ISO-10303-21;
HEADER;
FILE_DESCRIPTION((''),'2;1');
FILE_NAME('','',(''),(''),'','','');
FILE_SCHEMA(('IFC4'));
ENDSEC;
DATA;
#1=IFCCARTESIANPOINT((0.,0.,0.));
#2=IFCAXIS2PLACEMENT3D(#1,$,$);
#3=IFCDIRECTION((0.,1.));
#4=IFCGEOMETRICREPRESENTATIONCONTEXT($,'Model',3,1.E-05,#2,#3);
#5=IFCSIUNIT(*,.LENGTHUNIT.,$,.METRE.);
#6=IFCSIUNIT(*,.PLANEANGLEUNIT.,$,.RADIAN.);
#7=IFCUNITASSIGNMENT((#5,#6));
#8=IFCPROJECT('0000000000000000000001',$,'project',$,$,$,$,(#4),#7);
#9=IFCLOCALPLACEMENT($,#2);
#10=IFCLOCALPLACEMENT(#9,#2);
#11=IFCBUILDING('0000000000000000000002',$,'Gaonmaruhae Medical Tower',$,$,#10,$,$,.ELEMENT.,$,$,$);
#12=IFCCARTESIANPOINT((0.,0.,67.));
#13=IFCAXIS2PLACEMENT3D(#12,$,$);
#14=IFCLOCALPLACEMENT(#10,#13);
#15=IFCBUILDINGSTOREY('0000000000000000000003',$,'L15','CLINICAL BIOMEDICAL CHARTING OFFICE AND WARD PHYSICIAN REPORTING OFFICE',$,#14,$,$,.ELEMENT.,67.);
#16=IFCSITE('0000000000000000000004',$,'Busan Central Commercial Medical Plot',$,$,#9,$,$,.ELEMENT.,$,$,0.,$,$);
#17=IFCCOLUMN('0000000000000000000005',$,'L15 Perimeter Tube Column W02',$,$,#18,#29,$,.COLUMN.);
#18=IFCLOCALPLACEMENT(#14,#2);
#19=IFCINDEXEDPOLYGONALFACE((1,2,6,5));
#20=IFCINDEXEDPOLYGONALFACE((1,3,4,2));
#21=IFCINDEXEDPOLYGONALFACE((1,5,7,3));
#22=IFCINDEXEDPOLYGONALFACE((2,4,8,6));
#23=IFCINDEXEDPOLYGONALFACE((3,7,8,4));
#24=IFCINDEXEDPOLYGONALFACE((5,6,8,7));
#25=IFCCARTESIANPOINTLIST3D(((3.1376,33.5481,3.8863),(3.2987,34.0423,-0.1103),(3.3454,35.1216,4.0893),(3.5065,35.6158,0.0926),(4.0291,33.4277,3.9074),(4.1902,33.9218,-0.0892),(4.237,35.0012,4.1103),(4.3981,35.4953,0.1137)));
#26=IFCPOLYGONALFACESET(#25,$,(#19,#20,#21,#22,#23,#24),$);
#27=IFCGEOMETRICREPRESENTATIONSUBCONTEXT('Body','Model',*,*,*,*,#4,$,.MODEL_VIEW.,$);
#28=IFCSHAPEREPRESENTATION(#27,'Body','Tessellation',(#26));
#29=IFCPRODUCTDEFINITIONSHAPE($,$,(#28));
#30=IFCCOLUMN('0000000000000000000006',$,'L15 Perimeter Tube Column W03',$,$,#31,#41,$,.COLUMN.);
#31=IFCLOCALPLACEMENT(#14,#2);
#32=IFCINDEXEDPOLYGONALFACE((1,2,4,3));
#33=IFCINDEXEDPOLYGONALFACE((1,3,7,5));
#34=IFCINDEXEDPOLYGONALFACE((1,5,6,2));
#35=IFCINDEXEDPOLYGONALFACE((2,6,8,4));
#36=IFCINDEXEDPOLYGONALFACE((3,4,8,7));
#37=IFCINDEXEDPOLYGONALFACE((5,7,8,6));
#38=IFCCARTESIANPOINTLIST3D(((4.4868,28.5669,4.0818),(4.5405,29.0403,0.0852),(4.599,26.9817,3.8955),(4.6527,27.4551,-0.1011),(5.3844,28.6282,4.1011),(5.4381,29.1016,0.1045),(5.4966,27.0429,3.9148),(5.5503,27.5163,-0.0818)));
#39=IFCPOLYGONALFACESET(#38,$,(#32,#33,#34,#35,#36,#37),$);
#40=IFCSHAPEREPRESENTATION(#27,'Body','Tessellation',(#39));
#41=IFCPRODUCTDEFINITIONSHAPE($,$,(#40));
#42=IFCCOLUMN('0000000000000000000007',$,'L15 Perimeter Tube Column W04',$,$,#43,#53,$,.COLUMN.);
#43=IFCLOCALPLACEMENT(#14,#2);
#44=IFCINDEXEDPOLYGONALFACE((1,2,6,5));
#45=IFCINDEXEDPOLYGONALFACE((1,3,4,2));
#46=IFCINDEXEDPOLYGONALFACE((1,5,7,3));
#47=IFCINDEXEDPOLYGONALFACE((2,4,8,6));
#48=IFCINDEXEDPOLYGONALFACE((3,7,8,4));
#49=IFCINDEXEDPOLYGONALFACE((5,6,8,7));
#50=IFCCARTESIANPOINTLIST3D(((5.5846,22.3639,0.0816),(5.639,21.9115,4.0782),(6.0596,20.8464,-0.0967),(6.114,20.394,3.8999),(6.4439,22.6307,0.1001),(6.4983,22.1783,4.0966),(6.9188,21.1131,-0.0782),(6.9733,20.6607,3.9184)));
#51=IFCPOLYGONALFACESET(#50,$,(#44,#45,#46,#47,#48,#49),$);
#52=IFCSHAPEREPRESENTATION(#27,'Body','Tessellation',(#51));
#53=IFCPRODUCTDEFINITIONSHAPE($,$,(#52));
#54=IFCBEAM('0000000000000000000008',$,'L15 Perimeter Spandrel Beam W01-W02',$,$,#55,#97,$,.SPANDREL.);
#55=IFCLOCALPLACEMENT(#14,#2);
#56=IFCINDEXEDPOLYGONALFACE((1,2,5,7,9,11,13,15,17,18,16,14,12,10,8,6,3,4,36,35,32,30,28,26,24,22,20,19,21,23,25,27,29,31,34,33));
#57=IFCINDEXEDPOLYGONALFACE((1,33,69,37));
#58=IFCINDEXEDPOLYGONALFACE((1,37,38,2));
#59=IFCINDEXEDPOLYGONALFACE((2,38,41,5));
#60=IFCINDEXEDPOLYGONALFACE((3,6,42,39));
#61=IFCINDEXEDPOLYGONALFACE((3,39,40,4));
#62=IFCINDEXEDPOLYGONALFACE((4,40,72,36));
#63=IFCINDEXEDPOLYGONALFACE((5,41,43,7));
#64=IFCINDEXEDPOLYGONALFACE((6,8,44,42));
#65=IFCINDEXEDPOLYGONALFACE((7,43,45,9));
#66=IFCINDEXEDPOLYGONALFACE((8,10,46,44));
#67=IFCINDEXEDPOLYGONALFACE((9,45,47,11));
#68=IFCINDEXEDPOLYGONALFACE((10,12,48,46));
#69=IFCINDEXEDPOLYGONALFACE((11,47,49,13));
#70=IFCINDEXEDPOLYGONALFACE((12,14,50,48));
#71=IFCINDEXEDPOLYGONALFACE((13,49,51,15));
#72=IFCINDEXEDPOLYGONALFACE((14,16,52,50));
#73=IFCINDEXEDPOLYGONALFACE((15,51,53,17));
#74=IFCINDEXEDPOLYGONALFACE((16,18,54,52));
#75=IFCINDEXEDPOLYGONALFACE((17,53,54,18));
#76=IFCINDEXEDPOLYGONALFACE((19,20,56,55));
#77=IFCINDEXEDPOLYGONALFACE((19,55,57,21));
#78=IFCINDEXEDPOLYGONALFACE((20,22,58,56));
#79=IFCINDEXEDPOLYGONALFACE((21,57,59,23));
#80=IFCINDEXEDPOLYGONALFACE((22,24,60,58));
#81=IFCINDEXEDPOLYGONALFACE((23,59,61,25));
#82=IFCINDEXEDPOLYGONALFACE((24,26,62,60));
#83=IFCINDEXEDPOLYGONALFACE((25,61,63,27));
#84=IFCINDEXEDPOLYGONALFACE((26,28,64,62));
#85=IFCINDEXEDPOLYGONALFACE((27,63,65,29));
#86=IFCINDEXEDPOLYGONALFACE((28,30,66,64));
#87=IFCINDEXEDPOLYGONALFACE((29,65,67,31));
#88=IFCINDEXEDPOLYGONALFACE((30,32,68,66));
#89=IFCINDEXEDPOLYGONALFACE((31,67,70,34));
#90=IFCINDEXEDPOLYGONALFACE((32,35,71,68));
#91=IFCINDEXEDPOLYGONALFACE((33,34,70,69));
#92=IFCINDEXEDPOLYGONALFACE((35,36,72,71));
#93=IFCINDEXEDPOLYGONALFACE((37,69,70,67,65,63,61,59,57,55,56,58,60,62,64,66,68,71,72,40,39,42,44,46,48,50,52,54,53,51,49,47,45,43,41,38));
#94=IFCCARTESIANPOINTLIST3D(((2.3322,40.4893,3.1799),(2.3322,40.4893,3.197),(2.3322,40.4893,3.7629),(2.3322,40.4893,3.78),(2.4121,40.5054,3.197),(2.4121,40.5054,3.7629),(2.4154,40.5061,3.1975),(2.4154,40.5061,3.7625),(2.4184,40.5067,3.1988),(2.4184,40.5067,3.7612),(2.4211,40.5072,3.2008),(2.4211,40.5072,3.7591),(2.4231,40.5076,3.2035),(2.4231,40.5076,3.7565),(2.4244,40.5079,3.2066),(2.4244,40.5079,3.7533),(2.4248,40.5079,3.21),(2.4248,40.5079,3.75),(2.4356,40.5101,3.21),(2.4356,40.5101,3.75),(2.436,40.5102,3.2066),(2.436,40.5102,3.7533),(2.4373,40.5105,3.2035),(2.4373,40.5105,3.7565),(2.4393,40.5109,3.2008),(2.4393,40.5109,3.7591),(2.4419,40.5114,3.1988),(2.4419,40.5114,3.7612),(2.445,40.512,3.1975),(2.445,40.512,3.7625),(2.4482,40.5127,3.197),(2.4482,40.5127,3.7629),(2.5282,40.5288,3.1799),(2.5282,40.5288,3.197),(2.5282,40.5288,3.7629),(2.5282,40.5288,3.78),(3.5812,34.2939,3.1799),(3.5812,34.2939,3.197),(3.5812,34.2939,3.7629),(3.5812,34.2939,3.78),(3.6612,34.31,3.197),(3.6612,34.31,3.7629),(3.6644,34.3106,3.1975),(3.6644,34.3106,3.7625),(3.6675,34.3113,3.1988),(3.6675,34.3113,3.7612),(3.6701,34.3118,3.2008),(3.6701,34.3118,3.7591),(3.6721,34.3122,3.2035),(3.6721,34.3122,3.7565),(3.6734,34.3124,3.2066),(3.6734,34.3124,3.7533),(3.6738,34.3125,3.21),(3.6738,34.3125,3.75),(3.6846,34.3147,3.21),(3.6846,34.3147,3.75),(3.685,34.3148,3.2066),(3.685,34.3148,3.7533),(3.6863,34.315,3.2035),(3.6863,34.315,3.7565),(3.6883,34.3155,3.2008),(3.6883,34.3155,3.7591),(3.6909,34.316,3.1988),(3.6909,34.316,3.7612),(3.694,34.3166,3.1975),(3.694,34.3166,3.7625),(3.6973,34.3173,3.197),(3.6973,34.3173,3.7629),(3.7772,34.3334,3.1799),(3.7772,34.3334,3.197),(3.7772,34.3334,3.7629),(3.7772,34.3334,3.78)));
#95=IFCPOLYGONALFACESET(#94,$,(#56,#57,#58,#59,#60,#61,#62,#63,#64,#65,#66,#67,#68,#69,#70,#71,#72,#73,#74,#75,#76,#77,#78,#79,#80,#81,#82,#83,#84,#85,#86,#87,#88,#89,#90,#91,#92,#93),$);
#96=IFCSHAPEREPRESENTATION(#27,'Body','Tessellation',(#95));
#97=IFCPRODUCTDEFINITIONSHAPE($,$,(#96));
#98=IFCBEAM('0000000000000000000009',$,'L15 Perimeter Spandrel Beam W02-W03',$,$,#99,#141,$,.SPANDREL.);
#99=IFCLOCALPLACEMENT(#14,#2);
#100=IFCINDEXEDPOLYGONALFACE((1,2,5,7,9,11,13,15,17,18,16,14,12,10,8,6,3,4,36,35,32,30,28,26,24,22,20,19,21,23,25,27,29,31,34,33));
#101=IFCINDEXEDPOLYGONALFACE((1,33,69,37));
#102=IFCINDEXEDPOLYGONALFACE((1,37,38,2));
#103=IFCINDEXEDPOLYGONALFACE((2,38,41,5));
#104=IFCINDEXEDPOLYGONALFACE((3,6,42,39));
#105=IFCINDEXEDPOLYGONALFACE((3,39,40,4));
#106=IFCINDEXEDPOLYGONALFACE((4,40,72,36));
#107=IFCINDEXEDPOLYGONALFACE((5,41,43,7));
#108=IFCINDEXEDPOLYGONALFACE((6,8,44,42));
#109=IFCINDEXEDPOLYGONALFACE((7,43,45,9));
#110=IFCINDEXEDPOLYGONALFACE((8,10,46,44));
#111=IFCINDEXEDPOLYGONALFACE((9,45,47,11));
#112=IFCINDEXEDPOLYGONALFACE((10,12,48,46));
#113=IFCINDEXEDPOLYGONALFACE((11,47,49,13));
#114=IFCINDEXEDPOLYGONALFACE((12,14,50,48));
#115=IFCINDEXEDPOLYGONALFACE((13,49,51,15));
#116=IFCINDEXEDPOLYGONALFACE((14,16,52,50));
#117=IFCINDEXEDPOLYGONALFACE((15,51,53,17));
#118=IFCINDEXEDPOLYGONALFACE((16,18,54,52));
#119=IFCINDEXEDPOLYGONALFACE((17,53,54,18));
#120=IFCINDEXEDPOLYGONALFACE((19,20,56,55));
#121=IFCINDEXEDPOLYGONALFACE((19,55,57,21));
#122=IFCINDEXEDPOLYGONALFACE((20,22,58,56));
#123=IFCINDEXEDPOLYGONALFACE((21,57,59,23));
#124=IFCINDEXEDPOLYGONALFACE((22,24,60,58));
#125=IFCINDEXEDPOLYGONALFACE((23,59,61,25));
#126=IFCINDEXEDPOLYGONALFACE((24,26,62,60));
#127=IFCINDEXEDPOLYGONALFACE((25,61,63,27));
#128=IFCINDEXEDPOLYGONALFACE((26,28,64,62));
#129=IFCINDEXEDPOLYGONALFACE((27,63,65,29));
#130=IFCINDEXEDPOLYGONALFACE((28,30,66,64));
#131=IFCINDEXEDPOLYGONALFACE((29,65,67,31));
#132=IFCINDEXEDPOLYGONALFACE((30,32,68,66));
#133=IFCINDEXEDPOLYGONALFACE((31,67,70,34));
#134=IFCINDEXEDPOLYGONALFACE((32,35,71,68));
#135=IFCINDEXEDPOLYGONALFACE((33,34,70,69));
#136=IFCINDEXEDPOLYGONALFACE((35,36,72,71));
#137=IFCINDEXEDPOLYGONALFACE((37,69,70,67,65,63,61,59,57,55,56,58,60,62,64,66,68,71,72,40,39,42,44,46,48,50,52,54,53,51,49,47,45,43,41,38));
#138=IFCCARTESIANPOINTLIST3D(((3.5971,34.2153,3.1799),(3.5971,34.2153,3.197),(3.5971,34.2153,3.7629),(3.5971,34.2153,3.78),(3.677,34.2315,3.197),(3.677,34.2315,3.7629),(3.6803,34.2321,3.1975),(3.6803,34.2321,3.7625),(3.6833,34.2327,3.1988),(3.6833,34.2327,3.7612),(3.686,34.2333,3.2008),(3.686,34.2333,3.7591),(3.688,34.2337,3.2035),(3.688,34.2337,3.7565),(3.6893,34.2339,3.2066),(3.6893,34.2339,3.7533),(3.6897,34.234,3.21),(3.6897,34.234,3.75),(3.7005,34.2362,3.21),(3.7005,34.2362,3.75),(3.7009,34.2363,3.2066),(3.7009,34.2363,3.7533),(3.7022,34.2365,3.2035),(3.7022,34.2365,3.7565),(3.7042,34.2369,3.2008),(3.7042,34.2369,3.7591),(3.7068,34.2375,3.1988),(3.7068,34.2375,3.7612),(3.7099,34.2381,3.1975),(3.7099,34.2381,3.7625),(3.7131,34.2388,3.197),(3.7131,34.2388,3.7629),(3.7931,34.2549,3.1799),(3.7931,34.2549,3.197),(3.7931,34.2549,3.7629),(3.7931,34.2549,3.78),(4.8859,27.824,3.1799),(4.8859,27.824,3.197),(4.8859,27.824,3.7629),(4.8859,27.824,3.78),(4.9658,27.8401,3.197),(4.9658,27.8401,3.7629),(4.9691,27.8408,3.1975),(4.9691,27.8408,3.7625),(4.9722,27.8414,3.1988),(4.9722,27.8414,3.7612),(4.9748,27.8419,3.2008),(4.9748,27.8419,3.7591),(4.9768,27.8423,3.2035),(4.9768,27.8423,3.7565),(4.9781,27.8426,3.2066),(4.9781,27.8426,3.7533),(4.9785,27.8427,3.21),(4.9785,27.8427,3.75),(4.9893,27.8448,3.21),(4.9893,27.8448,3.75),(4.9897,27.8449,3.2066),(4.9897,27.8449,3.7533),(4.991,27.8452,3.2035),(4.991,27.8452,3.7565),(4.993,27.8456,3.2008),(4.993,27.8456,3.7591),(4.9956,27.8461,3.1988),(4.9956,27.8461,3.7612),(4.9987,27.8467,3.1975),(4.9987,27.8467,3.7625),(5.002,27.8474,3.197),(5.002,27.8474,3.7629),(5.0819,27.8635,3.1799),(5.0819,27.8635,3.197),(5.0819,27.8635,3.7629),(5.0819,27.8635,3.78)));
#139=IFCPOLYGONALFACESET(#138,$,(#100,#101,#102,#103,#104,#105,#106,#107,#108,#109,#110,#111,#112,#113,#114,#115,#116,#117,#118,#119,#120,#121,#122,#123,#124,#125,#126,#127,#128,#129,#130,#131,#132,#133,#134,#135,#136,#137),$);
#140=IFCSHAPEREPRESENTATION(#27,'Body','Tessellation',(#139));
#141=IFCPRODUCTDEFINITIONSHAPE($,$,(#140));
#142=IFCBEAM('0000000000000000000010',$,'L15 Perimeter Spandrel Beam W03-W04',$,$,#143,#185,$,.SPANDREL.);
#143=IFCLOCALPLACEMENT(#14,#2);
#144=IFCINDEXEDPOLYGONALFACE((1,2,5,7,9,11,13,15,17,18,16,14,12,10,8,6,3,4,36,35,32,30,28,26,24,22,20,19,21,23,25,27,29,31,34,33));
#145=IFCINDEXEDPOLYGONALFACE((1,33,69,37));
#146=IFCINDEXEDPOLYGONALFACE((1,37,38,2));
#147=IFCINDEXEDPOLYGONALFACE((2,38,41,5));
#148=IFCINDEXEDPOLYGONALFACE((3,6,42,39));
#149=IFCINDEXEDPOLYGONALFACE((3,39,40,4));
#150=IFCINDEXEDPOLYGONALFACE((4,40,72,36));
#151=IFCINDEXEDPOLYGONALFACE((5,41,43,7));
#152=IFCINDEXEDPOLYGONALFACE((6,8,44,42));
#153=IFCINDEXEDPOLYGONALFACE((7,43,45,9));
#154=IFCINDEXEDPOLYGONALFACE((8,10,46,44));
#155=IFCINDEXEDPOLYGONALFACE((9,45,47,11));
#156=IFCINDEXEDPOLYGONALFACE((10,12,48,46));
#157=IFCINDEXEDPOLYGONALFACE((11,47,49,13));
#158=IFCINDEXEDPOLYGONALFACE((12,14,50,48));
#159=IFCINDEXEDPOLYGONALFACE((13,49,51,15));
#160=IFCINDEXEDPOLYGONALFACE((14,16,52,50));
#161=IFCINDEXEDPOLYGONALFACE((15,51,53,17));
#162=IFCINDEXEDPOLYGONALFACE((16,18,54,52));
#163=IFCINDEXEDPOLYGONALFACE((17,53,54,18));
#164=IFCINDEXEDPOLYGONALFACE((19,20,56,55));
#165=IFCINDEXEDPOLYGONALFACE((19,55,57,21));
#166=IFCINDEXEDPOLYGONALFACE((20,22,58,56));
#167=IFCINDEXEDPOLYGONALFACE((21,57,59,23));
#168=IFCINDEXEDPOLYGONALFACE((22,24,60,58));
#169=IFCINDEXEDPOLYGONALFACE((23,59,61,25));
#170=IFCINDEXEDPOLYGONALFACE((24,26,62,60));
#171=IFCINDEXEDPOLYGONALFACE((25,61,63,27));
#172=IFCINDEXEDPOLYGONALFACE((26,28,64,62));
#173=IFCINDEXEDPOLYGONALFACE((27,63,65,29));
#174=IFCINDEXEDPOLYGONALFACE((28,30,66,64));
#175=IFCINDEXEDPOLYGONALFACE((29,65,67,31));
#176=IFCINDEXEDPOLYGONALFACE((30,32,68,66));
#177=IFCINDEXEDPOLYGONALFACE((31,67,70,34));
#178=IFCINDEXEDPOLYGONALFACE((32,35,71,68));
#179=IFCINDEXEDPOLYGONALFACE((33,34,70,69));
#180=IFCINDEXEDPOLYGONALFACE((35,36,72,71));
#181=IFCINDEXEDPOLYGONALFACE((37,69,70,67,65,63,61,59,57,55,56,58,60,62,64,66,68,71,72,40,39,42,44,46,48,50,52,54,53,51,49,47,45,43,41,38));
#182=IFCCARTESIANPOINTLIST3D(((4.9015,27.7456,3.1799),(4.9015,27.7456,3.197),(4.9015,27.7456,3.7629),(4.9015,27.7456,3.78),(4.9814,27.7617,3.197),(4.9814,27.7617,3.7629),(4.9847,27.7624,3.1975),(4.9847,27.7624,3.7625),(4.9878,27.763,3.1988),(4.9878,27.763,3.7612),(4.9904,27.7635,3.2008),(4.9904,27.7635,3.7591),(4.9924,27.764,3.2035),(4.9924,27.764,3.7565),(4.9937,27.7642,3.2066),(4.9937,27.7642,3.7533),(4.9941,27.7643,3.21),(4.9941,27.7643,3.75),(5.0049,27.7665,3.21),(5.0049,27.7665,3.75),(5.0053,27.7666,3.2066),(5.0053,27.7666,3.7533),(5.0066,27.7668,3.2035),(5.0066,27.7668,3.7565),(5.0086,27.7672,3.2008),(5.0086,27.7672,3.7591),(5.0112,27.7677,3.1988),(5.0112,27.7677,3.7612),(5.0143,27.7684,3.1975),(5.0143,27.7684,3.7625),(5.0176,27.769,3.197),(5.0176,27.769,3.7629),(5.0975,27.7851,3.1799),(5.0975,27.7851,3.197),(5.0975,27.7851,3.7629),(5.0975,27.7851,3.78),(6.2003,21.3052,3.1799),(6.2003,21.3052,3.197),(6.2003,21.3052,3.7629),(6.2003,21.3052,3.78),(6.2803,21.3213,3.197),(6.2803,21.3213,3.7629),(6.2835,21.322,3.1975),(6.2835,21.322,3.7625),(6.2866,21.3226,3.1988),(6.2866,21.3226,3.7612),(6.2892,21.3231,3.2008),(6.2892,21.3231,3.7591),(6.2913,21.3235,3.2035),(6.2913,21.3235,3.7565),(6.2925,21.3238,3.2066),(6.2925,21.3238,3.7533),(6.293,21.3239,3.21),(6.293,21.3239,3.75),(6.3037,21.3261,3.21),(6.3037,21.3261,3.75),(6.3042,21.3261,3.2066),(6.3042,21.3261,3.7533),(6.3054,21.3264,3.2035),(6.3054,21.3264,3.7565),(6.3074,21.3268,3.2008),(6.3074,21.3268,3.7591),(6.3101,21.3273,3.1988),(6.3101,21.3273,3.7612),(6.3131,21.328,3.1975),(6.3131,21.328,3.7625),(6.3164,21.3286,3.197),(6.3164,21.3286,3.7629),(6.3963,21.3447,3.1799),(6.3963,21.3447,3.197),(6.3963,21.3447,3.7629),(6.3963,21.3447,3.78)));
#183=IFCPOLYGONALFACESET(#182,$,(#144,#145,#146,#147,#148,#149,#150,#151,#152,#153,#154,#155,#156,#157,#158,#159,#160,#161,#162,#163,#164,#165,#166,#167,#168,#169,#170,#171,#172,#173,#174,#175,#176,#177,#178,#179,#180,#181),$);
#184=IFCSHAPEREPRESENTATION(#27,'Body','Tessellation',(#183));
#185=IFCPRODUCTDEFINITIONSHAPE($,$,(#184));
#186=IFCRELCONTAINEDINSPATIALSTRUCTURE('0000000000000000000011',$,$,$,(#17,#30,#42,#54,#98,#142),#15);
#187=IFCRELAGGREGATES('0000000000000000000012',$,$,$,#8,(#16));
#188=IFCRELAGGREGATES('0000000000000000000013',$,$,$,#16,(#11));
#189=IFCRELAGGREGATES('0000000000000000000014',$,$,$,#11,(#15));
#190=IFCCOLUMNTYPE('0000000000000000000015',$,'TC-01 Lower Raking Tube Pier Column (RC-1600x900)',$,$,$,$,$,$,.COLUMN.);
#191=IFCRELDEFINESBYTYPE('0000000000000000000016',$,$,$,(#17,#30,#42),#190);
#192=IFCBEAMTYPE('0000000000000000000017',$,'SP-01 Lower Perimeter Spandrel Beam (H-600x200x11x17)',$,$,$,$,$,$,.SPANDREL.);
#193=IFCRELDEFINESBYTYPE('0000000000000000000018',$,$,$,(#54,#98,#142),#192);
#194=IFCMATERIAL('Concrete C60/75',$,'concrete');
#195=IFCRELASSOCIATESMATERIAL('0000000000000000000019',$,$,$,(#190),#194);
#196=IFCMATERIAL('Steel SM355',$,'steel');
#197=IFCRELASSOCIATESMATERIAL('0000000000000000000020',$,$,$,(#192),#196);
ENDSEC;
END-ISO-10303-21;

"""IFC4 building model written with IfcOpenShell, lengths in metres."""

from ifc_helpers import new_model, si_unit, direction, frame, origin, origin_2d, place, context, subcontext, project, spatial, rectangle, i_section, extrude, material, material_profile, profile_set, type_object, element, save


model = new_model("IFC4")

# Units and contexts
model_context = context("Model", 3, precision=1e-05, world=origin(), true_north=direction((0.0, 1.0)))
body_context = subcontext(model_context, "Body", "Model", "MODEL_VIEW")
ifc_project = project(units=[si_unit("LENGTHUNIT", "METRE"), si_unit("PLANEANGLEUNIT", "RADIAN")], contexts=[model_context])

# Site, building, storey
site_placement = place(None, origin())
site = spatial("IfcSite", under=ifc_project, at=site_placement, Name="Busan Central Commercial Medical Plot", CompositionType="ELEMENT", RefElevation=0.0)
building_placement = place(site_placement, origin())
building = spatial("IfcBuilding", under=site, at=building_placement, Name="Gaonmaruhae Medical Tower", CompositionType="ELEMENT")
storey_placement = place(building_placement, frame((0.0, 0.0, 67.0)))
storey = spatial("IfcBuildingStorey", under=building, at=storey_placement, Name="L15", Description="CLINICAL BIOMEDICAL CHARTING OFFICE AND WARD PHYSICIAN REPORTING OFFICE", CompositionType="ELEMENT", Elevation=67.0)

# Columns
ifc_material_1 = material(Name="Concrete C60/75", Category="concrete")
ifc_material_profile_1 = material_profile(ifc_material_1, rectangle(XDim=1.6001, YDim=0.8999, at=origin_2d()), Name="RC-1600x900")
ifc_profile_set_1 = profile_set([ifc_material_profile_1], Name="Concrete C60/75")
column_type = type_object("IfcColumnType", Name="TC-01 Lower Raking Tube Pier Column (RC-1600x900)", PredefinedType="COLUMN", material=ifc_profile_set_1)
column_1_placement = place(storey_placement, frame((3.8484, 34.7688, 0.0017), z_axis=(-0.039981, -0.122608, 0.991649), x_axis=(0.129892, 0.983384, 0.126823)))
element("IfcColumn", 1, at=column_1_placement, inside=storey, type_object=column_type, Name="L15 Perimeter Tube Column W02", PredefinedType="COLUMN", context=body_context, shape_type="SweptSolid", body=[
    extrude(rectangle(XDim=1.6001, YDim=0.8999, at=origin_2d()), origin(), (0.0, 0.0, 1.0), 4.0303),
])
column_2_placement = place(storey_placement, frame((5.0454, 28.2783, 0.0017), z_axis=(-0.013345, -0.117616, 0.99297), x_axis=(-0.070133, 0.990722, 0.116407)))
element("IfcColumn", 2, at=column_2_placement, inside=storey, type_object=column_type, Name="L15 Perimeter Tube Column W03", PredefinedType="COLUMN", context=body_context, shape_type="SweptSolid", body=[
    extrude(rectangle(XDim=1.6001, YDim=0.8999, at=origin_2d()), origin(), (0.0, 0.0, 1.0), 4.0249),
])
column_3_placement = place(storey_placement, frame((6.2517, 21.7385, 0.0017), z_axis=(0.013535, -0.112466, 0.993563), x_axis=(-0.296823, 0.948413, 0.111399)))
element("IfcColumn", 3, at=column_3_placement, inside=storey, type_object=column_type, Name="L15 Perimeter Tube Column W04", PredefinedType="COLUMN", context=body_context, shape_type="SweptSolid", body=[
    extrude(rectangle(XDim=1.6001, YDim=0.8999, at=origin_2d()), origin(), (0.0, 0.0, 1.0), 4.0225),
])

# Beams
ifc_material_2 = material(Name="Steel SM355", Category="steel")
ifc_material_profile_2 = material_profile(ifc_material_2, i_section(OverallWidth=0.2, OverallDepth=0.6001, WebThickness=0.011, FlangeThickness=0.0171, FilletRadius=0.0129, at=origin_2d()), Name="H-600x200x11x17")
ifc_profile_set_2 = profile_set([ifc_material_profile_2], Name="Steel SM355")
beam_type = type_object("IfcBeamType", Name="SP-01 Lower Perimeter Spandrel Beam (H-600x200x11x17)", PredefinedType="SPANDREL", material=ifc_profile_set_2)
beam_1_placement = place(storey_placement, frame((2.4302, 40.509, 3.48), z_axis=(0.197631, -0.980276, 0.0), x_axis=(0.980276, 0.197631, 0.0)))
element("IfcBeam", 4, at=beam_1_placement, inside=storey, type_object=beam_type, Name="L15 Perimeter Spandrel Beam W01-W02", PredefinedType="SPANDREL", context=body_context, shape_type="SweptSolid", body=[
    extrude(i_section(OverallWidth=0.2, OverallDepth=0.6001, WebThickness=0.011, FlangeThickness=0.0171, FilletRadius=0.0129, at=origin_2d()), origin(), (0.0, 0.0, 1.0), 6.3201),
])
beam_2_placement = place(storey_placement, frame((3.6951, 34.2351, 3.48), z_axis=(0.197671, -0.980268, 0.0), x_axis=(0.980268, 0.197671, 0.0)))
element("IfcBeam", 5, at=beam_2_placement, inside=storey, type_object=beam_type, Name="L15 Perimeter Spandrel Beam W02-W03", PredefinedType="SPANDREL", context=body_context, shape_type="SweptSolid", body=[
    extrude(i_section(OverallWidth=0.2, OverallDepth=0.6001, WebThickness=0.011, FlangeThickness=0.0171, FilletRadius=0.0129, at=origin_2d()), origin(), (0.0, 0.0, 1.0), 6.52),
])
beam_3_placement = place(storey_placement, frame((4.9995, 27.7654, 3.48), z_axis=(0.197688, -0.980265, 0.0), x_axis=(0.980265, 0.197688, 0.0)))
element("IfcBeam", 6, at=beam_3_placement, inside=storey, type_object=beam_type, Name="L15 Perimeter Spandrel Beam W03-W04", PredefinedType="SPANDREL", context=body_context, shape_type="SweptSolid", body=[
    extrude(i_section(OverallWidth=0.2, OverallDepth=0.6001, WebThickness=0.011, FlangeThickness=0.0171, FilletRadius=0.0129, at=origin_2d()), origin(), (0.0, 0.0, 1.0), 6.5701),
])

save(model, "model.ifc")
